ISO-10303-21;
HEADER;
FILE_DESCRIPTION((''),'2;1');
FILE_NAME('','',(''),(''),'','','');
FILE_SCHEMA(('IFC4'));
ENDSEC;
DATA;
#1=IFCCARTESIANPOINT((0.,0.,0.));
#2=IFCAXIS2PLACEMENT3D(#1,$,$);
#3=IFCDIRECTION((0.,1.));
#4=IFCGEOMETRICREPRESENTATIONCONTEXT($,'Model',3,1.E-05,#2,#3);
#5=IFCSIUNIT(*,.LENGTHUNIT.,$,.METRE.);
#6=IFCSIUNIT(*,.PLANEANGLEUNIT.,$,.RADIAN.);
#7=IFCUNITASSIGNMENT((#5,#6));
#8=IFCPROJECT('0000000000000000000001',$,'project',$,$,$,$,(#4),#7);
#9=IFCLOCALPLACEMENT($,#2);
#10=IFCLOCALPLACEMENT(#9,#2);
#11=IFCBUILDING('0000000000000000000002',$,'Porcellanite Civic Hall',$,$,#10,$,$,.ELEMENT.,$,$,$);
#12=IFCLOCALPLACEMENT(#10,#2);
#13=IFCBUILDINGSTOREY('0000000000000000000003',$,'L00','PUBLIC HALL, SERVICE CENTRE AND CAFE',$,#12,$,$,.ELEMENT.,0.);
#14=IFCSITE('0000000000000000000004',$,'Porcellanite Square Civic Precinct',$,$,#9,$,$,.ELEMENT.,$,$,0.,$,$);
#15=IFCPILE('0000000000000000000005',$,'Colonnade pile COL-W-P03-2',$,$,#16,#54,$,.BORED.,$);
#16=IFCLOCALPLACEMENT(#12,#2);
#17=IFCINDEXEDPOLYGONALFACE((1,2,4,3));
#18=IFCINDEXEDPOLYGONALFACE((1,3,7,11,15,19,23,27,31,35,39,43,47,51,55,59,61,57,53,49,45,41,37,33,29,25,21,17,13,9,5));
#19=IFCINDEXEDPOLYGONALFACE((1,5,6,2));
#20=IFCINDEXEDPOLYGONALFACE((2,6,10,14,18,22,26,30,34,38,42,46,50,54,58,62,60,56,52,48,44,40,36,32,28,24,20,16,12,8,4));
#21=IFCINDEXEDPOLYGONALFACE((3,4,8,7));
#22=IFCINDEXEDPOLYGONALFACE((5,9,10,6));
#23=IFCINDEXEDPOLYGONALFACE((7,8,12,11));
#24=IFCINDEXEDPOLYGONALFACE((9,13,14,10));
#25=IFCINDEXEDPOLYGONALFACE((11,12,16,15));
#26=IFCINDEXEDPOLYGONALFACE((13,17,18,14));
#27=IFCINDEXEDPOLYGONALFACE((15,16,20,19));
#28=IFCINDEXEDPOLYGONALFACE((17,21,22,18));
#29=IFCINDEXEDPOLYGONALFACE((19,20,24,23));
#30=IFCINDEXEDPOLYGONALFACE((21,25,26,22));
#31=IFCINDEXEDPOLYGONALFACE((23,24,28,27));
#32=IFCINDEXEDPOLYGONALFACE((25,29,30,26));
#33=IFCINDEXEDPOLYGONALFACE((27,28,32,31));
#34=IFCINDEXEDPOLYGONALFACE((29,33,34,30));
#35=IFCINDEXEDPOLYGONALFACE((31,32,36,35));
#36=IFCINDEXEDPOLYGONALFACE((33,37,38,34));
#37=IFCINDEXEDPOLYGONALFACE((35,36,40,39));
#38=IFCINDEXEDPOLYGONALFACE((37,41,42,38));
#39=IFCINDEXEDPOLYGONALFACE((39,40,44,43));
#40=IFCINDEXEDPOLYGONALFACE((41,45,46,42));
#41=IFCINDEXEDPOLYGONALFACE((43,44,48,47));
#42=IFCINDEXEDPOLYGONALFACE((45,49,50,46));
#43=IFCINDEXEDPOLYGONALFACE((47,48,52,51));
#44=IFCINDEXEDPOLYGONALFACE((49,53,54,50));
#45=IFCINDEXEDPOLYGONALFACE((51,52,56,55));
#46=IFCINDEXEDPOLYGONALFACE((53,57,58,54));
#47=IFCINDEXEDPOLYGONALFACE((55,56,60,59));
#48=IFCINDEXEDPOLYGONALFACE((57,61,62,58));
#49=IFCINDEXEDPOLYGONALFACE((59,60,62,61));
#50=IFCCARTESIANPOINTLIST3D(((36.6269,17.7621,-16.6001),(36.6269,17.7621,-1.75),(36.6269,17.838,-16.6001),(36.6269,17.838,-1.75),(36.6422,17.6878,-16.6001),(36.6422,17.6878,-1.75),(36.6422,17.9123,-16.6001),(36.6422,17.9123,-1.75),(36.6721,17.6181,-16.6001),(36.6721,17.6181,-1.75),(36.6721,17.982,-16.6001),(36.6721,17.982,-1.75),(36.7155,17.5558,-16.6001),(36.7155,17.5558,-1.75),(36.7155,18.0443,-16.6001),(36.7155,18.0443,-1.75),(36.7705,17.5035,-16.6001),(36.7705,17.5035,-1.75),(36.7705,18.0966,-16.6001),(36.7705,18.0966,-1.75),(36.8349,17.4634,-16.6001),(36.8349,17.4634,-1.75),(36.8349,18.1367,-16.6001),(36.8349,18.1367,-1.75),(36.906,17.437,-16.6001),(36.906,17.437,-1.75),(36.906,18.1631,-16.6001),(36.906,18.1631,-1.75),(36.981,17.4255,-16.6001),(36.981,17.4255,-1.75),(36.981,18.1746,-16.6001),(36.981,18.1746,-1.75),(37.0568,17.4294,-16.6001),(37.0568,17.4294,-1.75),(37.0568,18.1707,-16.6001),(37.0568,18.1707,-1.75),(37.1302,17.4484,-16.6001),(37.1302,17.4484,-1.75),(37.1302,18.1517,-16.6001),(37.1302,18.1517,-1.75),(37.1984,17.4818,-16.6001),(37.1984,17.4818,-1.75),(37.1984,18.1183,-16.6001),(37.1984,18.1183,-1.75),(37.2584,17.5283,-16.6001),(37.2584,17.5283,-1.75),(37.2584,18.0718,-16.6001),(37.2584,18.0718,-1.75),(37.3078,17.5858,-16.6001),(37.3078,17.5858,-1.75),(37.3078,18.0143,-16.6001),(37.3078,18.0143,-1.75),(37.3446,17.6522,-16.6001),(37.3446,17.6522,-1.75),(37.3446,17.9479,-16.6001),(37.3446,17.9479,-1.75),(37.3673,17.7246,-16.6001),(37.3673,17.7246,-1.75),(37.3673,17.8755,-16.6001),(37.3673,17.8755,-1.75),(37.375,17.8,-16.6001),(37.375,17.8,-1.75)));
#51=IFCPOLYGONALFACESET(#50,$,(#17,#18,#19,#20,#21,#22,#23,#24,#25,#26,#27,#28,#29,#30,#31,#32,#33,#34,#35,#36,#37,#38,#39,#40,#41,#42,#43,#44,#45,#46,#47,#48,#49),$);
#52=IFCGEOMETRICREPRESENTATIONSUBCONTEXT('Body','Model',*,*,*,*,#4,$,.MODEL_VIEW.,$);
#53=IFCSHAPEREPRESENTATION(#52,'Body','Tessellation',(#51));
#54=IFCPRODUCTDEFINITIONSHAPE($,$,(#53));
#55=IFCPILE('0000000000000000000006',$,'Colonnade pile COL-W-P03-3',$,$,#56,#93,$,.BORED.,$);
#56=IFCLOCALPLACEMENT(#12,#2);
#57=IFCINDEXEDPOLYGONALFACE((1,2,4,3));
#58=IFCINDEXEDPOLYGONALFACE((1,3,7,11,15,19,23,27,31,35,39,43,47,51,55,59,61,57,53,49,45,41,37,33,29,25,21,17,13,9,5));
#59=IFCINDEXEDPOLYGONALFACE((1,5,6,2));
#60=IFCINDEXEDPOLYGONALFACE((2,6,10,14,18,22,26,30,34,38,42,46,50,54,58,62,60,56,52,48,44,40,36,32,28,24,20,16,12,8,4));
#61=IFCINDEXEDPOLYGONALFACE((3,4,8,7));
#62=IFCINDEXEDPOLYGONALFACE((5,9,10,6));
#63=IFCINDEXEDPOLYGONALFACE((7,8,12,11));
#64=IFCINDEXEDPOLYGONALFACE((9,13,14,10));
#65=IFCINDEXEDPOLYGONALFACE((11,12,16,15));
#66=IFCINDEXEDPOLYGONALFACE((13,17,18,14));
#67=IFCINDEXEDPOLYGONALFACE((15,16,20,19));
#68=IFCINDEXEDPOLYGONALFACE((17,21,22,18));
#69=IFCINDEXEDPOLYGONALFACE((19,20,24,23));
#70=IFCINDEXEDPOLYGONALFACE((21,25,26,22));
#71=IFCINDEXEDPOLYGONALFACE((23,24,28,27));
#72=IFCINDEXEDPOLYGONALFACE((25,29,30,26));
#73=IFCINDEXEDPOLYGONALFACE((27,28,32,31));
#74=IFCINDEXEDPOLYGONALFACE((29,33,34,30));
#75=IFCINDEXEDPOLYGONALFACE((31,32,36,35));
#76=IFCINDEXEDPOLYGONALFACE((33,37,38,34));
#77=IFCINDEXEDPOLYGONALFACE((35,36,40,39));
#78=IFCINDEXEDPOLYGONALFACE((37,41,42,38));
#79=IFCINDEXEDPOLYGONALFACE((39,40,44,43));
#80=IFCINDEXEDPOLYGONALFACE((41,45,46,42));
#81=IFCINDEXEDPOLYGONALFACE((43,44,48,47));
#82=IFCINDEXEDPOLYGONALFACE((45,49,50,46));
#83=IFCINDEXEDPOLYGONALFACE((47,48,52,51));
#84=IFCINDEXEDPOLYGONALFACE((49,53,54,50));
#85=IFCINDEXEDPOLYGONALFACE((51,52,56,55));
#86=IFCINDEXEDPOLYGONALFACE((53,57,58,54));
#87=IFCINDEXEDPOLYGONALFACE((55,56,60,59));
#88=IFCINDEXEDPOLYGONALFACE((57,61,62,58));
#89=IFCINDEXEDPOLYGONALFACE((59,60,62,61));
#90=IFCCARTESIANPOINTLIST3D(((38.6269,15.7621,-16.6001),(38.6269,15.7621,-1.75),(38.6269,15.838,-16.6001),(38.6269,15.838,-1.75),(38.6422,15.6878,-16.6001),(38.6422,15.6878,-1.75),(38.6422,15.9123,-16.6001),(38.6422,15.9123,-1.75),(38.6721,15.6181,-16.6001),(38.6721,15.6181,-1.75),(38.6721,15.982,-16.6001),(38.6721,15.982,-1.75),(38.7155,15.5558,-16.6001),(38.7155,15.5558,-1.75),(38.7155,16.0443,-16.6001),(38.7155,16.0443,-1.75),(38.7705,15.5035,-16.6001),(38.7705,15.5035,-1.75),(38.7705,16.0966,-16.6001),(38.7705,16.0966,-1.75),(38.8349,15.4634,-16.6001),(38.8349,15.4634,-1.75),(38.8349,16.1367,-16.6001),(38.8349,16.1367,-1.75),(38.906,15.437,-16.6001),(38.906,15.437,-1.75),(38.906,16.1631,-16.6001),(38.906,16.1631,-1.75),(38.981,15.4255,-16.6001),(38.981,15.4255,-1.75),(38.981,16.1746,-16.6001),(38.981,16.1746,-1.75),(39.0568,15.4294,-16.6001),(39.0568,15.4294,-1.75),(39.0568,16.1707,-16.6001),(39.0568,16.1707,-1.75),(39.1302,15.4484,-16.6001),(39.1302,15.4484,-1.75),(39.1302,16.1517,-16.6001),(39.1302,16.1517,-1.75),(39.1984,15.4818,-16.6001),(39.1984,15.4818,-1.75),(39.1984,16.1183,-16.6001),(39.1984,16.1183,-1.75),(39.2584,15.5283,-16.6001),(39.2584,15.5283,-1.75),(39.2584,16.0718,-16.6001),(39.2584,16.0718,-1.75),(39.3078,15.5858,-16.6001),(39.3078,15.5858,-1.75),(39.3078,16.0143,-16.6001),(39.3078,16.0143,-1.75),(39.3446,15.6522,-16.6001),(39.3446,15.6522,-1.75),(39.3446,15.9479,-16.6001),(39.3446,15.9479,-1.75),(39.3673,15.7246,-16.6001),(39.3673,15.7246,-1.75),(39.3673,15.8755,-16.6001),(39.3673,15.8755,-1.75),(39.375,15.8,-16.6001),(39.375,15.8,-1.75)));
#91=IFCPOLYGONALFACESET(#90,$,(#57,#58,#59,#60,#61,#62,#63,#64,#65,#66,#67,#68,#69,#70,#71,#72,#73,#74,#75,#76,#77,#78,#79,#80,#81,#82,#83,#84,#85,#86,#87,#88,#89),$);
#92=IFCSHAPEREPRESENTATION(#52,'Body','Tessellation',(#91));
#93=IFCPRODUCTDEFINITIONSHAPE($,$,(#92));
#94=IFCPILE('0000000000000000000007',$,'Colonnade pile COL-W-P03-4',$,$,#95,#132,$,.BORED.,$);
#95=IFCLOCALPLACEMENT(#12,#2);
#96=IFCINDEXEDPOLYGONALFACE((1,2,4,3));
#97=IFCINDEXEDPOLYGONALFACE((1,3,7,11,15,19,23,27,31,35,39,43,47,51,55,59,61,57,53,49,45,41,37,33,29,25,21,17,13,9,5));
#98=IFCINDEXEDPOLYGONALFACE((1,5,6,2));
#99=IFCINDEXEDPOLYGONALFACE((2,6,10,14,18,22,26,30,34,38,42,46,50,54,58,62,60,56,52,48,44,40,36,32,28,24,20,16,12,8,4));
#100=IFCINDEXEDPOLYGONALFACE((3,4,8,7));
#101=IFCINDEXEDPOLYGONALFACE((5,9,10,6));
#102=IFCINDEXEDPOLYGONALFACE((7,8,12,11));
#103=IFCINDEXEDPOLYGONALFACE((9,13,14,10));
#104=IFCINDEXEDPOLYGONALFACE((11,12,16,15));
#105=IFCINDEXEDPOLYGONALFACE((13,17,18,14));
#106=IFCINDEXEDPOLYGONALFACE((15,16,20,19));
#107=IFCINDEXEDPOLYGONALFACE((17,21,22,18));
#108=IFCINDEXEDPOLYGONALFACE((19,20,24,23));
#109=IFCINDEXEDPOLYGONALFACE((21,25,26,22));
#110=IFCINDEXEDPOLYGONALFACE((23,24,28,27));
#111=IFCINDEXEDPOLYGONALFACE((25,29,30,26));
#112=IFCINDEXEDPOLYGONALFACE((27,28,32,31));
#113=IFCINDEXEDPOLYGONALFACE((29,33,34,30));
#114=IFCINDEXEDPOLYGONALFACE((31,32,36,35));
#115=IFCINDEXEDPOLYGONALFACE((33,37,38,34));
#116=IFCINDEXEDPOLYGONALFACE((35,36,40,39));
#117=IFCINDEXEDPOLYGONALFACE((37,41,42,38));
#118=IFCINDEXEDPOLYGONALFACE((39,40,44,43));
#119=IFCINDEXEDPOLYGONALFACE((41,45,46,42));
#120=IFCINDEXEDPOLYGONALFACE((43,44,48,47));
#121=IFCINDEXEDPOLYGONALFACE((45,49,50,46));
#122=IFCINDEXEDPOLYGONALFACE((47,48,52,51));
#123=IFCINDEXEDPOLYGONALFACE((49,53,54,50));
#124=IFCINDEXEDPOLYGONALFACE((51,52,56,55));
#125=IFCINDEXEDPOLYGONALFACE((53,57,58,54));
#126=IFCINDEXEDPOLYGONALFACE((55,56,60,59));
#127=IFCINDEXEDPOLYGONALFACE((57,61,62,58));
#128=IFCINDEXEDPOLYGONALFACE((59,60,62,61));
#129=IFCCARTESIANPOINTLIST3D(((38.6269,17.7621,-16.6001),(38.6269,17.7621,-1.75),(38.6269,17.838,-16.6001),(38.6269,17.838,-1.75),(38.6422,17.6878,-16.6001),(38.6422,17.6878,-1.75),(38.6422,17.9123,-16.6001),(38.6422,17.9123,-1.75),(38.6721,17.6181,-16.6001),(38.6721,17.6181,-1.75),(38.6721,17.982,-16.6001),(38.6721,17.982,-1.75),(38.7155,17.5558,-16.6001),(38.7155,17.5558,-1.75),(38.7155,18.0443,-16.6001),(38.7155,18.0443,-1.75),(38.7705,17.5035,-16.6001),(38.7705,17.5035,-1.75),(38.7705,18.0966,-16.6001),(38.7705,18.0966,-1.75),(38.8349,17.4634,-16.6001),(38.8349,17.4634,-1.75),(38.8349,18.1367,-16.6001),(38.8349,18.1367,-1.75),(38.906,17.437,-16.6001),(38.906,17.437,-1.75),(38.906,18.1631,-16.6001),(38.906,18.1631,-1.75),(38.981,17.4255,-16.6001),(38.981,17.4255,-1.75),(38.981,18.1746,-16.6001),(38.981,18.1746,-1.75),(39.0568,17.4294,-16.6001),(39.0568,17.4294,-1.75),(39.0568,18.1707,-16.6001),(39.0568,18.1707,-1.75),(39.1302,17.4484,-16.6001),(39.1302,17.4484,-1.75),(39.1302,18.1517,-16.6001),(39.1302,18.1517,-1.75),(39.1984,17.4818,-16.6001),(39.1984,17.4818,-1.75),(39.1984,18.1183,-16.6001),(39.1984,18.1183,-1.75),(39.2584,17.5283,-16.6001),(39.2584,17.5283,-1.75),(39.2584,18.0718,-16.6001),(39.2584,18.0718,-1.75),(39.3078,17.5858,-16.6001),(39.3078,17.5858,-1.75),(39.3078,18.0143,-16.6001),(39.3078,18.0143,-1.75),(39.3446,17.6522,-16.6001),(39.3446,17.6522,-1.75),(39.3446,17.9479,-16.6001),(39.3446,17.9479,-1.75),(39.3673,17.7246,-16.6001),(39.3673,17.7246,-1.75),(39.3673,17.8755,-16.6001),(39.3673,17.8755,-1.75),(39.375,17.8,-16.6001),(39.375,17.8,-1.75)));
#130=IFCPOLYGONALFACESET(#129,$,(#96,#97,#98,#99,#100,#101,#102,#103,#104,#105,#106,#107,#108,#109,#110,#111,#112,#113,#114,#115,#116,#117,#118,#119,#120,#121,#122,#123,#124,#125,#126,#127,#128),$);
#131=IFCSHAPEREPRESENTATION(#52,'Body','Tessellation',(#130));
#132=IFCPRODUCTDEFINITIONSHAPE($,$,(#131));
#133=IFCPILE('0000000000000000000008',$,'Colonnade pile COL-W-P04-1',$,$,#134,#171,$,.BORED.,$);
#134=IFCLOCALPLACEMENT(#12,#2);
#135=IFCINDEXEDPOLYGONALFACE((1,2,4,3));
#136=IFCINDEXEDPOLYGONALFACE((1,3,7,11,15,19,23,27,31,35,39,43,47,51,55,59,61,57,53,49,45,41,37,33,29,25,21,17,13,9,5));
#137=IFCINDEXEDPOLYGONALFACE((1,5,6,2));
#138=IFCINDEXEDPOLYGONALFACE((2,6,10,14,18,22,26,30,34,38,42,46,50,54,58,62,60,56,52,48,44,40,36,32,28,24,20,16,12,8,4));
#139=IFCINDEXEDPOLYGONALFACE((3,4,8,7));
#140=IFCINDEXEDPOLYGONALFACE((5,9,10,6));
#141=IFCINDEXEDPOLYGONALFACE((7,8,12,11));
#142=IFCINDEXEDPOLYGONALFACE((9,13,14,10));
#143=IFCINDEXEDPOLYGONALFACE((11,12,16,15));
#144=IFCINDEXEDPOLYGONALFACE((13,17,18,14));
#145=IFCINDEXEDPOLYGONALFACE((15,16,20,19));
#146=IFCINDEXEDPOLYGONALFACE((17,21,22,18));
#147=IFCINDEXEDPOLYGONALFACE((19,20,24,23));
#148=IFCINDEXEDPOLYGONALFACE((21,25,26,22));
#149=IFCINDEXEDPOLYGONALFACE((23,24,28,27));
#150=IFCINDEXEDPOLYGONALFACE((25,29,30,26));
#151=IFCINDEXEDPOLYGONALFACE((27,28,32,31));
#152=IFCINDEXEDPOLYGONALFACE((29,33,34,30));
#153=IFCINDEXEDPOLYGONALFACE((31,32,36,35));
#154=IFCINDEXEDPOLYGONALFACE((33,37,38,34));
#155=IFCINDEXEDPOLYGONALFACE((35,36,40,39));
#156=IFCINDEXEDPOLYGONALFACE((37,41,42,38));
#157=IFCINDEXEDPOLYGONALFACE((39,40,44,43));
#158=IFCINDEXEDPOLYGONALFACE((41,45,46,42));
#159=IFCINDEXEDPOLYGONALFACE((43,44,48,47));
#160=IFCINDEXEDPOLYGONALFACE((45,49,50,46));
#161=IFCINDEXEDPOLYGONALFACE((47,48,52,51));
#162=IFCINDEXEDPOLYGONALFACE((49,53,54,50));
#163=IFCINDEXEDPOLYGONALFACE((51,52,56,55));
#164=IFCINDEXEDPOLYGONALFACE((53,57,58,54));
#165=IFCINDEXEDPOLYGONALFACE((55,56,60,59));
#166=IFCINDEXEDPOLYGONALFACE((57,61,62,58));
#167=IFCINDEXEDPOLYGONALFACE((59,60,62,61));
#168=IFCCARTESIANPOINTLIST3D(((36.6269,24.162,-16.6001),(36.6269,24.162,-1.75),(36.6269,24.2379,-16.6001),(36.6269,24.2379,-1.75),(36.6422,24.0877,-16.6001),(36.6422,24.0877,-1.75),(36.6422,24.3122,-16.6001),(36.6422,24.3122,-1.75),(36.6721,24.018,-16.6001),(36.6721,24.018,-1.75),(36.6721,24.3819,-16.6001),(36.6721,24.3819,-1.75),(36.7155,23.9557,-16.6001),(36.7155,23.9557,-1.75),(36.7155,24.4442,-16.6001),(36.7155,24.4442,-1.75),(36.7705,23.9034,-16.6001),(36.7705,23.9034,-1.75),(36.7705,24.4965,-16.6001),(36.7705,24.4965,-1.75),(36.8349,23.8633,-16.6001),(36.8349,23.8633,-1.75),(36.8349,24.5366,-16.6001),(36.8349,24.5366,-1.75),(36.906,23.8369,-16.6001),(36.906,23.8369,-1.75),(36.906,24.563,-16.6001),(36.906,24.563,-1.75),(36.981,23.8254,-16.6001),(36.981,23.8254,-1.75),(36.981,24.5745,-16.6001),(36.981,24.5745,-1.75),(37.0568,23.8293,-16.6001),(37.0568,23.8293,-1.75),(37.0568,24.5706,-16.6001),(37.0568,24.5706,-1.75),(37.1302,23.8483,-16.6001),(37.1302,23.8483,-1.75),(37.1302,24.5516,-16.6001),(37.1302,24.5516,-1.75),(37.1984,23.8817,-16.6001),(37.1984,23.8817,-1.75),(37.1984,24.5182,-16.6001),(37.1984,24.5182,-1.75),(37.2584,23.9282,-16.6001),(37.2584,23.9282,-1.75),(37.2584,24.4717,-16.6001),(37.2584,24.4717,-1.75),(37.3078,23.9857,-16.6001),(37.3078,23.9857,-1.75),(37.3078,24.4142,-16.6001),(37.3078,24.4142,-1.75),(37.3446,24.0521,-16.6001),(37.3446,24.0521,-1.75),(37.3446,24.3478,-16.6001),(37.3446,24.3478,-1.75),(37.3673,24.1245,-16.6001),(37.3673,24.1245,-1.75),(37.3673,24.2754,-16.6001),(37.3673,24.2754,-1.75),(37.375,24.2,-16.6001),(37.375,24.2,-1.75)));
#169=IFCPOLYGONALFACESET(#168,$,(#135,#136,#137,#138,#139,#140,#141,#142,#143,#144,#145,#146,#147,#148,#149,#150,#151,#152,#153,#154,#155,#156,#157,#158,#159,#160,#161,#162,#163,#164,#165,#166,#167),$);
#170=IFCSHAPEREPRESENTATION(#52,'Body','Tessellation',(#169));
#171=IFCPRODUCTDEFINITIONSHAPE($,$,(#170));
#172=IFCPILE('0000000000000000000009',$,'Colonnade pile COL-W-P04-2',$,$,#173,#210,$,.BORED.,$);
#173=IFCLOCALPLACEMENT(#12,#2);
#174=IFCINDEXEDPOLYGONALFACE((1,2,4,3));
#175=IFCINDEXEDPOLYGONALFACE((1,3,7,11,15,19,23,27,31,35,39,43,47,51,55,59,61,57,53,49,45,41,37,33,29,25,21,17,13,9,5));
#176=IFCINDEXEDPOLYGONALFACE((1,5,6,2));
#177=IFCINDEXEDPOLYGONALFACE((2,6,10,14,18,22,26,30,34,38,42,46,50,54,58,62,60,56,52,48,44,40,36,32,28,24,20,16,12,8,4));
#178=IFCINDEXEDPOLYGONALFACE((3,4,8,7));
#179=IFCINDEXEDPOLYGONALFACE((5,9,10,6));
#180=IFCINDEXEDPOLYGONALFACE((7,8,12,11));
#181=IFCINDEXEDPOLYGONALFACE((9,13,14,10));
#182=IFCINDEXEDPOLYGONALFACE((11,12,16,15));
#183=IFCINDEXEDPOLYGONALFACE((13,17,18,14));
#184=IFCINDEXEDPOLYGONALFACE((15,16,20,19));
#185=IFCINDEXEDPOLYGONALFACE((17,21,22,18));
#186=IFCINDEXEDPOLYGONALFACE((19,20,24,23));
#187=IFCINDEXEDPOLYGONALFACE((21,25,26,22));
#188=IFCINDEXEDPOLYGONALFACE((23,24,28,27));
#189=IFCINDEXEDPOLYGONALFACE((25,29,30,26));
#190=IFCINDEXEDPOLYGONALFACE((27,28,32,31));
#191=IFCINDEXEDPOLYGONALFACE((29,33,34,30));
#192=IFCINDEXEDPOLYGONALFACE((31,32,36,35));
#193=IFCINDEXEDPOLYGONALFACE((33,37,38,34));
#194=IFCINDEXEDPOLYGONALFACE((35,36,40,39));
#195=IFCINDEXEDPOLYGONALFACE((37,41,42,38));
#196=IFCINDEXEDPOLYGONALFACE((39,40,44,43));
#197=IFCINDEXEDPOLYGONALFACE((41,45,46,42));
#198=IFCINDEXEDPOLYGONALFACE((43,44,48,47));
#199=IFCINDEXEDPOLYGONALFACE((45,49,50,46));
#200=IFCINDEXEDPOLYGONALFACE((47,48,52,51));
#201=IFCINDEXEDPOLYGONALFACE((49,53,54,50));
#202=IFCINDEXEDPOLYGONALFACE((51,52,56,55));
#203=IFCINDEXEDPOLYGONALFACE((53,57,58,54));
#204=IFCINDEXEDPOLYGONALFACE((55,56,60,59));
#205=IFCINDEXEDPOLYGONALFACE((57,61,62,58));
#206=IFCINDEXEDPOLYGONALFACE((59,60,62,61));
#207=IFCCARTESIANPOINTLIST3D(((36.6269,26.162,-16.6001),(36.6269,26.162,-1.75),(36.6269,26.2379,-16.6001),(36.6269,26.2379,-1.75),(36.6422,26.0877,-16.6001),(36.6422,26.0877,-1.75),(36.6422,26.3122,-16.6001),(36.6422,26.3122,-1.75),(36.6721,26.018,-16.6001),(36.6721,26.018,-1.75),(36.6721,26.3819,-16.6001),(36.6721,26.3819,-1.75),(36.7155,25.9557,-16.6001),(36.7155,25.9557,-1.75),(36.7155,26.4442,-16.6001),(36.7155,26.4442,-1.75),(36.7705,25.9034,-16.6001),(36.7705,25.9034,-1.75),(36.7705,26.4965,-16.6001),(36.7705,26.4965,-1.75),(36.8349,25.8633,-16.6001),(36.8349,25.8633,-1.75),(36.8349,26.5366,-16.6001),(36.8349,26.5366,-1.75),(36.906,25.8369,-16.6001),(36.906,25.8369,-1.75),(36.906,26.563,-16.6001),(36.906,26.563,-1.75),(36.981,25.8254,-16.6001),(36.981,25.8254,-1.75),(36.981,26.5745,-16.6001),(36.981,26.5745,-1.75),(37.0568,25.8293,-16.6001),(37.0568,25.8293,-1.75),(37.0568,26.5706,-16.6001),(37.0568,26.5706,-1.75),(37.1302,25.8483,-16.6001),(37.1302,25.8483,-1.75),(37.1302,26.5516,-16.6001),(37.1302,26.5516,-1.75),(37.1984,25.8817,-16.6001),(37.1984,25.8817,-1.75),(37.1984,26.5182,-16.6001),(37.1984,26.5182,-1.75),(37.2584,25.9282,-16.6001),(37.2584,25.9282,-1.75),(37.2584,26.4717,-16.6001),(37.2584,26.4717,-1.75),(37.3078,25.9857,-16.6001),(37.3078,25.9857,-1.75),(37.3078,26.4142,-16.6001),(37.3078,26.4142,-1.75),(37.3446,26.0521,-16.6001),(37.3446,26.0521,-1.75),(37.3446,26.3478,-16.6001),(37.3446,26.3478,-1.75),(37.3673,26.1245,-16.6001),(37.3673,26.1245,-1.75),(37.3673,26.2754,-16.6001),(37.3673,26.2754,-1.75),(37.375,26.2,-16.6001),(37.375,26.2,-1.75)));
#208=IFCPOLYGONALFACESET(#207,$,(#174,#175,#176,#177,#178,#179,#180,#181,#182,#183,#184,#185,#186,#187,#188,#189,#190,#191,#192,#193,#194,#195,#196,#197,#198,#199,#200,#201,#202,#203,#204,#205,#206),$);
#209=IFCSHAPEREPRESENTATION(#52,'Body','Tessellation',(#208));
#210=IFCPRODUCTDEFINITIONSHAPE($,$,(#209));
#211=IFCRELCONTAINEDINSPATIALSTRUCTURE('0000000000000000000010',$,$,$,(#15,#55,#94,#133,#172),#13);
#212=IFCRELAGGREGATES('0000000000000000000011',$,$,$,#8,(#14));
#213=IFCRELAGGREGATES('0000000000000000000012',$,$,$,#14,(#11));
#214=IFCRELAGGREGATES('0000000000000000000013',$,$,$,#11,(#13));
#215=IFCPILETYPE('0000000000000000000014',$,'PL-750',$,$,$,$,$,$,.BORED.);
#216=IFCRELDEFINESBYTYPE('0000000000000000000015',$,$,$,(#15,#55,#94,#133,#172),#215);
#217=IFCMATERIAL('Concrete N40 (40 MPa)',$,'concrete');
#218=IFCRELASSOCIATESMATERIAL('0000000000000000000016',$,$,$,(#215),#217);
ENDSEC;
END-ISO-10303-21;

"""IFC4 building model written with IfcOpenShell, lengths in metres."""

from ifc_helpers import new_model, si_unit, direction, frame, origin, origin_2d, place, context, subcontext, project, spatial, circle, extrude, material, material_profile, profile_set, type_object, element, save


model = new_model("IFC4")

# Units and contexts
model_context = context("Model", 3, precision=1e-05, world=origin(), true_north=direction((0.0, 1.0)))
body_context = subcontext(model_context, "Body", "Model", "MODEL_VIEW")
ifc_project = project(units=[si_unit("LENGTHUNIT", "METRE"), si_unit("PLANEANGLEUNIT", "RADIAN")], contexts=[model_context])

# Site, building, storey
site_placement = place(None, origin())
site = spatial("IfcSite", under=ifc_project, at=site_placement, Name="Porcellanite Square Civic Precinct", CompositionType="ELEMENT", RefElevation=0.0)
building_placement = place(site_placement, origin())
building = spatial("IfcBuilding", under=site, at=building_placement, Name="Porcellanite Civic Hall", CompositionType="ELEMENT")
storey_placement = place(building_placement, origin())
storey = spatial("IfcBuildingStorey", under=building, at=storey_placement, Name="L00", Description="PUBLIC HALL, SERVICE CENTRE AND CAFE", CompositionType="ELEMENT", Elevation=0.0)

# Piles
ifc_material_1 = material(Name="Concrete N40 (40 MPa)", Category="concrete")
ifc_material_profile_1 = material_profile(ifc_material_1, circle(Radius=0.375, at=origin_2d()), Name="PILE-D750")
ifc_profile_set_1 = profile_set([ifc_material_profile_1], Name="Concrete N40 (40 MPa)")
pile_type = type_object("IfcPileType", Name="PL-750", PredefinedType="BORED", material=ifc_profile_set_1)
for number, where, z_axis, x_axis, name in (
    (1, (37.0, 17.8, -1.75), (0.0, 0.0, -1.0), (1.0, 0.0, 0.0), "Colonnade pile COL-W-P03-2"),
    (2, (39.0, 15.8, -1.75), (0.0, 0.0, -1.0), (1.0, 0.0, 0.0), "Colonnade pile COL-W-P03-3"),
    (3, (39.0, 17.8, -1.75), (0.0, 0.0, -1.0), (1.0, 0.0, 0.0), "Colonnade pile COL-W-P03-4"),
    (4, (37.0, 24.2, -1.75), (0.0, 0.0, -1.0), (1.0, 0.0, 0.0), "Colonnade pile COL-W-P04-1"),
    (5, (37.0, 26.2, -1.75), (0.0, 0.0, -1.0), (1.0, 0.0, 0.0), "Colonnade pile COL-W-P04-2"),
):
    element("IfcPile", number, at=place(storey_placement, frame(where, z_axis=z_axis, x_axis=x_axis)), inside=storey, type_object=pile_type, Name=name, PredefinedType="BORED", context=body_context, shape_type="SweptSolid", body=[
        extrude(circle(Radius=0.375, at=origin_2d()), origin(), (0.0, 0.0, 1.0), 14.8501),
    ])

save(model, "model.ifc")
